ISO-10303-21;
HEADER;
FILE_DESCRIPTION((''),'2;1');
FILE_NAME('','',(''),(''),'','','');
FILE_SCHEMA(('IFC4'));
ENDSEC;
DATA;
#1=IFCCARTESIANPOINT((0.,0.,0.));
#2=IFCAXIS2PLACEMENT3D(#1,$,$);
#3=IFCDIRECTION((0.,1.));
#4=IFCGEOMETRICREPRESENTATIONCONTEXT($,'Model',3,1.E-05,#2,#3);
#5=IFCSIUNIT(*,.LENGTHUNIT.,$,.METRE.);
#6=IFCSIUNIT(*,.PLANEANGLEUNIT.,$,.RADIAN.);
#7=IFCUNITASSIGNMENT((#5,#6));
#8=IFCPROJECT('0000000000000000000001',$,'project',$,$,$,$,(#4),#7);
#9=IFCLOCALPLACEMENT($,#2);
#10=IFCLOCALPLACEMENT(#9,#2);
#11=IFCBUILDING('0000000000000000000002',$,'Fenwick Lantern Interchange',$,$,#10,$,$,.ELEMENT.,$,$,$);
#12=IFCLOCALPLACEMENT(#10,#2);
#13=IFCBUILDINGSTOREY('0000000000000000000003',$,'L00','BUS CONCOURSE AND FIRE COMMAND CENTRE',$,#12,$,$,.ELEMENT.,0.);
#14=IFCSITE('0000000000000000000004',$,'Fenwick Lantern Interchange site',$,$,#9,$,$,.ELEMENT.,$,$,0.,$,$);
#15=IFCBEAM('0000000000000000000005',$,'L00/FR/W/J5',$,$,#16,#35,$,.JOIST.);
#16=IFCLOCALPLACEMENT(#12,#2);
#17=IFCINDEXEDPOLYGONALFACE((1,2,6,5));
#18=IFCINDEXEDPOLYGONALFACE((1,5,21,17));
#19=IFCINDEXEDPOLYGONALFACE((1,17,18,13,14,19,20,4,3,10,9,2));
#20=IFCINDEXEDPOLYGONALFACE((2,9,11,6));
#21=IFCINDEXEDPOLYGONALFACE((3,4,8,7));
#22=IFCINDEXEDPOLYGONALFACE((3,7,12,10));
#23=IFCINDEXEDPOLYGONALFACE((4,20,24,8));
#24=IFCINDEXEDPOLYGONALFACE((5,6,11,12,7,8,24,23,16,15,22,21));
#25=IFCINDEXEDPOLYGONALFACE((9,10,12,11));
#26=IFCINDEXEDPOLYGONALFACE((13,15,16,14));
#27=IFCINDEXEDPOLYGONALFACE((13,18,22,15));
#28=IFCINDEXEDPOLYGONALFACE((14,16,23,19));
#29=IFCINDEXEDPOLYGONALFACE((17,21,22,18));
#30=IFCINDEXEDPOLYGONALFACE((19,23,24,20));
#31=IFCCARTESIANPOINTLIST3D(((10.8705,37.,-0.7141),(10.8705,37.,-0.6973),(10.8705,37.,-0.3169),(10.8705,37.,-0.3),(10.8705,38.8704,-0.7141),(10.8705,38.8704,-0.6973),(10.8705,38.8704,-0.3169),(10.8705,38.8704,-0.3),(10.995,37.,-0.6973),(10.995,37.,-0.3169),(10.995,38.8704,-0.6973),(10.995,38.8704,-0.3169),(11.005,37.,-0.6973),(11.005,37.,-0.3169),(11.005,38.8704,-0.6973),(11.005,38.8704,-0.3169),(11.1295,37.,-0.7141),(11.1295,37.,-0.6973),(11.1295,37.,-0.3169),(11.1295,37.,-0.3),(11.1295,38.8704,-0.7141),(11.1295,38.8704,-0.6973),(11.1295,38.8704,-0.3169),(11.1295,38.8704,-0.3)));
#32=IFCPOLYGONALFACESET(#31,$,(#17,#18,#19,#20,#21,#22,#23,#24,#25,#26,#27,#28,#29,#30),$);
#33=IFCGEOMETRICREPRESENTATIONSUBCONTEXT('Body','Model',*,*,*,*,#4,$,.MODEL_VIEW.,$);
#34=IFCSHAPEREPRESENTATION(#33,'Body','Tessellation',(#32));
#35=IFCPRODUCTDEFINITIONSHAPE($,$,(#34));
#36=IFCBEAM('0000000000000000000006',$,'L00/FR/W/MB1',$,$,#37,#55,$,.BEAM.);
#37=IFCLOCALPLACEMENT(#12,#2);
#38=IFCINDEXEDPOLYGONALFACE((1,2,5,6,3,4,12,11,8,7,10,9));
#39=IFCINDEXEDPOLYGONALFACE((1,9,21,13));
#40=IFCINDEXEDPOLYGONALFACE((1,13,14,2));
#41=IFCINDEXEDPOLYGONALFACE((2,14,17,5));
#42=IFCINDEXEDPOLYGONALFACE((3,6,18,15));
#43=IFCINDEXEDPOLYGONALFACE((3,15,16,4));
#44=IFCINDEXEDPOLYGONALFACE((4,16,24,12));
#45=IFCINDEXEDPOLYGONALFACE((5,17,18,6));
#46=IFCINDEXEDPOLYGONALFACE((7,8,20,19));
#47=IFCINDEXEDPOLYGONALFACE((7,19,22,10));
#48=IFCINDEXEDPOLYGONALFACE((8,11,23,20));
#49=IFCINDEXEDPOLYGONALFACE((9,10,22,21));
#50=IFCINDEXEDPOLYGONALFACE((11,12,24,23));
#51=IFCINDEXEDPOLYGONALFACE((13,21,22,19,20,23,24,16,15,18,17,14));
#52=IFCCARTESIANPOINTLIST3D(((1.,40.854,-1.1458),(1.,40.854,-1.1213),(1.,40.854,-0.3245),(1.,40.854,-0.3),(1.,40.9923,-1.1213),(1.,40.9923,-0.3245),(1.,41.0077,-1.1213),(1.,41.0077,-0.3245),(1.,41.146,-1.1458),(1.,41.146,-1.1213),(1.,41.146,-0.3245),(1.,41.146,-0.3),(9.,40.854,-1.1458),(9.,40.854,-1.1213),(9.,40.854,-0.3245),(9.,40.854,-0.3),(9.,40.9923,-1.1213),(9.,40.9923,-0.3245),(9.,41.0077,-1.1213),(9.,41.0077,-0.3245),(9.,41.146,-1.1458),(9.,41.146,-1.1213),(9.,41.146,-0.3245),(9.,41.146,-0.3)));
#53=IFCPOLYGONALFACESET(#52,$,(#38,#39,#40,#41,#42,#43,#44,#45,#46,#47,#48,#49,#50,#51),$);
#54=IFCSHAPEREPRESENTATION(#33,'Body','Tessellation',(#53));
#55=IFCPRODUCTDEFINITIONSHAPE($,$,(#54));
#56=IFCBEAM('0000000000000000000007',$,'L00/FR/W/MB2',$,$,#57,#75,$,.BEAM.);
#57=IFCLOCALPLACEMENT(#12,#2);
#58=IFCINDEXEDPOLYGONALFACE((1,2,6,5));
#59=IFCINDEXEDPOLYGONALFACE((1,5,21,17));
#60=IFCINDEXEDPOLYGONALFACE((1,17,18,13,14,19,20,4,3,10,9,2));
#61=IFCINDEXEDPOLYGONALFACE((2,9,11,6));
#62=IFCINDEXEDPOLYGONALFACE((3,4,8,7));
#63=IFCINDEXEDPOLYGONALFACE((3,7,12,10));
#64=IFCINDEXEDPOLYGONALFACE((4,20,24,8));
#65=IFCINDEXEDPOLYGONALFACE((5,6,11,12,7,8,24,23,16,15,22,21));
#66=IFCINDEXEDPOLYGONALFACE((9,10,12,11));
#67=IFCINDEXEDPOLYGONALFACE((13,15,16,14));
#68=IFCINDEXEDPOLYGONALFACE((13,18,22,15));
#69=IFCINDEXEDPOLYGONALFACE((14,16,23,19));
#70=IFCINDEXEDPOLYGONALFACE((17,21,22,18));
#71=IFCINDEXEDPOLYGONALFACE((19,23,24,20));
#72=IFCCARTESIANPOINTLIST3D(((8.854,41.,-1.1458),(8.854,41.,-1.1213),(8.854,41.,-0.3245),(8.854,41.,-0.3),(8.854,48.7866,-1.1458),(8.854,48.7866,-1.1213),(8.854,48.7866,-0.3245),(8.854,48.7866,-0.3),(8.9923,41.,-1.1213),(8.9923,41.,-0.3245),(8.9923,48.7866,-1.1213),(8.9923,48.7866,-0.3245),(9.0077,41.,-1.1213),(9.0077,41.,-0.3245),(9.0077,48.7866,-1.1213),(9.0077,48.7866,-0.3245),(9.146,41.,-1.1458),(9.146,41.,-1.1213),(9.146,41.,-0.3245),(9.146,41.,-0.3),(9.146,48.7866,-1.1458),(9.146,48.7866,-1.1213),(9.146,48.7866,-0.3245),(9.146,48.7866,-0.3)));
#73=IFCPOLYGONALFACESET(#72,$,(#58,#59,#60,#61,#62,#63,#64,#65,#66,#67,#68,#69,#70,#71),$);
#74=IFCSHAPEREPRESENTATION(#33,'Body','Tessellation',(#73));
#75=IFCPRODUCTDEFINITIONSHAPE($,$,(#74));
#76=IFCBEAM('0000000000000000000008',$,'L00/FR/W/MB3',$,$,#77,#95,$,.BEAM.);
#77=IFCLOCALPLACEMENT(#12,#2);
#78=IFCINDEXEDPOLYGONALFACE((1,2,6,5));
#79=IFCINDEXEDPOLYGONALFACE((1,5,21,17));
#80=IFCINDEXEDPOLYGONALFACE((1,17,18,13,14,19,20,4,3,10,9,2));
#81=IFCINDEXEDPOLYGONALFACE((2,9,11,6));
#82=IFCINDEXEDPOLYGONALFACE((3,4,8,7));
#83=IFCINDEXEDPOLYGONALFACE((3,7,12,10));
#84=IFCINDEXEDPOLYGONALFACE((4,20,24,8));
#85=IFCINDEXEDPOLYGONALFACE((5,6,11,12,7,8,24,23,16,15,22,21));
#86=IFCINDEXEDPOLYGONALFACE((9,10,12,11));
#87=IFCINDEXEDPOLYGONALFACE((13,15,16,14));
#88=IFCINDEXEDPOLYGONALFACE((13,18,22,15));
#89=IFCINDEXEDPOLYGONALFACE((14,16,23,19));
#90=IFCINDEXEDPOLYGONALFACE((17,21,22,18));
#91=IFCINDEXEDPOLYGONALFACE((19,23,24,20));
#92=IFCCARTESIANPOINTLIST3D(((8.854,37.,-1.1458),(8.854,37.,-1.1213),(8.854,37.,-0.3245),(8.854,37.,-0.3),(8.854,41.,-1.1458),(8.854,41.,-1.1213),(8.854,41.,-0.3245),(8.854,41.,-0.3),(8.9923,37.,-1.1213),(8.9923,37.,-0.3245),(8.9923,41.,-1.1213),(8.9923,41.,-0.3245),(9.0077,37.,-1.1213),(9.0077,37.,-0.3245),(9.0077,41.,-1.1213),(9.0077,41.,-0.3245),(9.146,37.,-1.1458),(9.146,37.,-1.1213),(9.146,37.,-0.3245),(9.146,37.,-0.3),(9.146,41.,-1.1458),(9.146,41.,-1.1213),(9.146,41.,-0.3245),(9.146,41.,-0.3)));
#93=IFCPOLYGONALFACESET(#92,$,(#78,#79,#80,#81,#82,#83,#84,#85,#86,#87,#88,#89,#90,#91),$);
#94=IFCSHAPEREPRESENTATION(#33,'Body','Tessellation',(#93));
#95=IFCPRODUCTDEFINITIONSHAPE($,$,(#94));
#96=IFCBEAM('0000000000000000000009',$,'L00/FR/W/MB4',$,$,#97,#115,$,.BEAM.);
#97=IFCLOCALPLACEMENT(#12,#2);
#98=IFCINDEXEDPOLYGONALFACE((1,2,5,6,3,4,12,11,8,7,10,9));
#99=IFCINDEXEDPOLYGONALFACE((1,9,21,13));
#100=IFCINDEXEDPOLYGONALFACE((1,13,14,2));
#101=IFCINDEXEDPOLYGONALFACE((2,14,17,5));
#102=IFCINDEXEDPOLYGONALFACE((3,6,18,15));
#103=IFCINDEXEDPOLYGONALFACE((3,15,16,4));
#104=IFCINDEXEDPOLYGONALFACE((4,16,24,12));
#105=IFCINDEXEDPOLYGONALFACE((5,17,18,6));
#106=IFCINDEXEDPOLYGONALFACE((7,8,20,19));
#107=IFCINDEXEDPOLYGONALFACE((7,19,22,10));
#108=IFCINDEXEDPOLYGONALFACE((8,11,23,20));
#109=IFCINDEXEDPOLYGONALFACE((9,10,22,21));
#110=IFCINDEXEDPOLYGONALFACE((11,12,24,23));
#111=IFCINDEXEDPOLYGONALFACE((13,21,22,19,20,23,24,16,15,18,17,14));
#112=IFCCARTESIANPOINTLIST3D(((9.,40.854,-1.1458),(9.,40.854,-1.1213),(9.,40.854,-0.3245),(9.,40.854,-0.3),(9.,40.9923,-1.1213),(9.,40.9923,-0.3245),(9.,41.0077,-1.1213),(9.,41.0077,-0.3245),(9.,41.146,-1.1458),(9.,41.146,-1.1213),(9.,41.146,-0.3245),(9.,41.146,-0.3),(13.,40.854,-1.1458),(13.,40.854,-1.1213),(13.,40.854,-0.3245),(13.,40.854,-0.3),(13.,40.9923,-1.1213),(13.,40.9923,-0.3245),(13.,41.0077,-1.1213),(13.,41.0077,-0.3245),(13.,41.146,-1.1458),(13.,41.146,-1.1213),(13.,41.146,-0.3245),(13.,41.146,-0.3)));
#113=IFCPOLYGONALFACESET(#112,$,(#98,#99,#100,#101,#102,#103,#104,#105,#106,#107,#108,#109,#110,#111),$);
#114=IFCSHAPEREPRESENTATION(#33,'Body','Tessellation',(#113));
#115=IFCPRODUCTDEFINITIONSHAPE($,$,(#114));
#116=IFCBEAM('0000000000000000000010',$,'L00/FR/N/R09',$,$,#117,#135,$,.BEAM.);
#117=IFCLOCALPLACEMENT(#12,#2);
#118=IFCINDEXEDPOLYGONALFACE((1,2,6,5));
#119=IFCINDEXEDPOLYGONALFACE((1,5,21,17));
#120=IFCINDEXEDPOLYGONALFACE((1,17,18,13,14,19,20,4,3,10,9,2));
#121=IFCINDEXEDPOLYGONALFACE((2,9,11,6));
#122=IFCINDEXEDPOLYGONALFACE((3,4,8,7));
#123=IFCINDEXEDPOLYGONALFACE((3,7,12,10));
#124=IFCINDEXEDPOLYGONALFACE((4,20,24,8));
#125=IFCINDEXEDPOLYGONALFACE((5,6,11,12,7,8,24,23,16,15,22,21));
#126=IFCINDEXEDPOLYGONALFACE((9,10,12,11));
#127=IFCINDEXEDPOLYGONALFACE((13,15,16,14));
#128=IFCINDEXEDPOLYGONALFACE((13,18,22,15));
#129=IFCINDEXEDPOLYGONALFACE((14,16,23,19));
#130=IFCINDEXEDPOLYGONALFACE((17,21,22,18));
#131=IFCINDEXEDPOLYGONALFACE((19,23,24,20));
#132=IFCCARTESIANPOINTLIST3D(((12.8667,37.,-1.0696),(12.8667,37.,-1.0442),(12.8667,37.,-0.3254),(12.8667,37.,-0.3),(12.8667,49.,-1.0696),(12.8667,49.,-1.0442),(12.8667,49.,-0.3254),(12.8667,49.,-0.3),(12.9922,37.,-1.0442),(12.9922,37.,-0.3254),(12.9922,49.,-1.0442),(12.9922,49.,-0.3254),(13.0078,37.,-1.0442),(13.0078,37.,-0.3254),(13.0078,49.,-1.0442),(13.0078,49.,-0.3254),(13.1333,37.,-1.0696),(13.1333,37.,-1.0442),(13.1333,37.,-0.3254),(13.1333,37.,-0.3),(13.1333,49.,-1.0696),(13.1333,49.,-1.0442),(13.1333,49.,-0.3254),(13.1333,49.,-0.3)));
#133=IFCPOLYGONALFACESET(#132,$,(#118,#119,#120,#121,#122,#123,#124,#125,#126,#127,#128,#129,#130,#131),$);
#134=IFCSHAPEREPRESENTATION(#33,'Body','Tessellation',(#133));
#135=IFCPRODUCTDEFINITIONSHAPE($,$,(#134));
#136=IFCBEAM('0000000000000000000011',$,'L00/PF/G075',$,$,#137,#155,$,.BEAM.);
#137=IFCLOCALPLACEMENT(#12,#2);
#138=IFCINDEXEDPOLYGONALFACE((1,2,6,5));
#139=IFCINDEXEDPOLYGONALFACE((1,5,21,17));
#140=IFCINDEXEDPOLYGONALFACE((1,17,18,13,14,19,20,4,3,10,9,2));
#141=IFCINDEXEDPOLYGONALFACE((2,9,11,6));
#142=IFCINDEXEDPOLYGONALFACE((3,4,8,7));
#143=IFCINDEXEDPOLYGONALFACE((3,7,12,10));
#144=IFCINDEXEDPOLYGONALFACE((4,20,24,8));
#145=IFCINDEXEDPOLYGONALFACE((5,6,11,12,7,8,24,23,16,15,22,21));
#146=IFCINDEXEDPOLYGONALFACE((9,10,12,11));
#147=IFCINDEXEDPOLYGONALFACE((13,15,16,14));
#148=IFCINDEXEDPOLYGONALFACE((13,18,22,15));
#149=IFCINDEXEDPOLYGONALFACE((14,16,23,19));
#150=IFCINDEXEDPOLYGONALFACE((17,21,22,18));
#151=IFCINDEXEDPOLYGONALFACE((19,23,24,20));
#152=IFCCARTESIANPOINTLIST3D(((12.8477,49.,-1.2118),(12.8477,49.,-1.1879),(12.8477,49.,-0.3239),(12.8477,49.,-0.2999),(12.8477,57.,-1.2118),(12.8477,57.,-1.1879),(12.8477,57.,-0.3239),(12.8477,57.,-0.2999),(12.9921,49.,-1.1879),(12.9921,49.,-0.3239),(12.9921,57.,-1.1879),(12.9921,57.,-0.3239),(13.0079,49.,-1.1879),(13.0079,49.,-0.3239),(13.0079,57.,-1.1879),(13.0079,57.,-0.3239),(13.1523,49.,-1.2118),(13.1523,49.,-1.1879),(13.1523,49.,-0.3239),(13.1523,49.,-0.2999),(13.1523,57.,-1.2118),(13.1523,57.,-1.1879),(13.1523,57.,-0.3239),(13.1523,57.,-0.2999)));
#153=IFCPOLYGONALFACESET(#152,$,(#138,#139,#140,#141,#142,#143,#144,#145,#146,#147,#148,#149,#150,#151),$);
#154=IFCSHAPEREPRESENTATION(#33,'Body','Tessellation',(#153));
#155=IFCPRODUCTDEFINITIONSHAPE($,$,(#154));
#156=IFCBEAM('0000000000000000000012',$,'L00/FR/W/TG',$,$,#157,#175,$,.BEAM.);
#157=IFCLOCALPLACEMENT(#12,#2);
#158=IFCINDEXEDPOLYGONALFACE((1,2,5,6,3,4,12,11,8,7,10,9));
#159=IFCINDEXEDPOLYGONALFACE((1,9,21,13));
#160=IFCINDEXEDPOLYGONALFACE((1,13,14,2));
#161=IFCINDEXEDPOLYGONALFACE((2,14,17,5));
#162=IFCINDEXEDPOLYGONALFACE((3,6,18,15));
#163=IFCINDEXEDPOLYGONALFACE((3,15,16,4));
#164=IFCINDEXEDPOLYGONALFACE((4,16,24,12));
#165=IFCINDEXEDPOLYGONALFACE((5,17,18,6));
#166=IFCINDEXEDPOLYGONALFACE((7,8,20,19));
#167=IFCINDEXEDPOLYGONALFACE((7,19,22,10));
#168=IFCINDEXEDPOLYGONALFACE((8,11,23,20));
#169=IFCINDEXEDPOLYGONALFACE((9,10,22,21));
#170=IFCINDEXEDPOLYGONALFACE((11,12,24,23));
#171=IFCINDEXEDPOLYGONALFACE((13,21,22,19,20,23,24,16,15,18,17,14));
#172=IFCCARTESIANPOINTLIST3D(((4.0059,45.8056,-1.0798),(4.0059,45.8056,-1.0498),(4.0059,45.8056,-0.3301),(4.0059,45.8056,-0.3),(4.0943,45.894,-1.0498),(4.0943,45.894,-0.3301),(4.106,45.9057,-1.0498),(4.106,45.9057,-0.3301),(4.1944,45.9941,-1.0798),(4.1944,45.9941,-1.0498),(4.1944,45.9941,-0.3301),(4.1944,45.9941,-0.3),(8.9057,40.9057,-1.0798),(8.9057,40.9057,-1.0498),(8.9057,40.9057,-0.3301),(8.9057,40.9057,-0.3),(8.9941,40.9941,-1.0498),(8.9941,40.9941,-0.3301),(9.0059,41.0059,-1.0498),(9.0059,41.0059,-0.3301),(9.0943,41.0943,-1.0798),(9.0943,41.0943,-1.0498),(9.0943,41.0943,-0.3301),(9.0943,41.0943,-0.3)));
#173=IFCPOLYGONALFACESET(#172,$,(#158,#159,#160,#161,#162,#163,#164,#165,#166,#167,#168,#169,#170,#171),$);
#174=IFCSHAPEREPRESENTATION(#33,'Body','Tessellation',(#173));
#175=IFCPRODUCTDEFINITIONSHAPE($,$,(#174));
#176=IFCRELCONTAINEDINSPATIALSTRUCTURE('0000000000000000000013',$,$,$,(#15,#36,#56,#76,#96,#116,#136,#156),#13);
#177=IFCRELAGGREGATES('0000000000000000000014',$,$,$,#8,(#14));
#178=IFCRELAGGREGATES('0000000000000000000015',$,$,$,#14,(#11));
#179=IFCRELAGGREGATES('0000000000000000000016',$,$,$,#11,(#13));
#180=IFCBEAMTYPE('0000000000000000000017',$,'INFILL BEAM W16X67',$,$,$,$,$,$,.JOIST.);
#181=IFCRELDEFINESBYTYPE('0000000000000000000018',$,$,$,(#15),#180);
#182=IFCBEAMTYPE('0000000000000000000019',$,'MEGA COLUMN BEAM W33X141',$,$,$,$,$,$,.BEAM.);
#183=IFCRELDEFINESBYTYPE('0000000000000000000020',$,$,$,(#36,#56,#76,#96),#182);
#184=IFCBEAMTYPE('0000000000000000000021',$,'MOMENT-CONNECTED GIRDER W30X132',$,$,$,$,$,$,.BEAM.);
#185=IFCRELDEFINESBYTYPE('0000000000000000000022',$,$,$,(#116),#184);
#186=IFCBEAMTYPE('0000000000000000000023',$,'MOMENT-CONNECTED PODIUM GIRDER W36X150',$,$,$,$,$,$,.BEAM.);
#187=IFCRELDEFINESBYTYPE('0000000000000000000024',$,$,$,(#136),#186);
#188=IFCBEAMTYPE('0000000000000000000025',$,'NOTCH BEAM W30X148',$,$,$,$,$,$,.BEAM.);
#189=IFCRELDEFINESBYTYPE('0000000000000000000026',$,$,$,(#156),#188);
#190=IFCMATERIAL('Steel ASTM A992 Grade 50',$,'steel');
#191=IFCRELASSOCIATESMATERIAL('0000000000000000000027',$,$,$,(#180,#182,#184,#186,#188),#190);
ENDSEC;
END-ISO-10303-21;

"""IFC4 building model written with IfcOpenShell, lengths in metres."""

from ifc_helpers import new_model, si_unit, direction, frame, origin, origin_2d, place, context, subcontext, project, spatial, i_section, extrude, material, material_profile, profile_set, type_object, element, save


model = new_model("IFC4")

# Units and contexts
model_context = context("Model", 3, precision=1e-05, world=origin(), true_north=direction((0.0, 1.0)))
body_context = subcontext(model_context, "Body", "Model", "MODEL_VIEW")
ifc_project = project(units=[si_unit("LENGTHUNIT", "METRE"), si_unit("PLANEANGLEUNIT", "RADIAN")], contexts=[model_context])

# Site, building, storey
site_placement = place(None, origin())
site = spatial("IfcSite", under=ifc_project, at=site_placement, Name="Fenwick Lantern Interchange site", CompositionType="ELEMENT", RefElevation=0.0)
building_placement = place(site_placement, origin())
building = spatial("IfcBuilding", under=site, at=building_placement, Name="Fenwick Lantern Interchange", CompositionType="ELEMENT")
storey_placement = place(building_placement, origin())
storey = spatial("IfcBuildingStorey", under=building, at=storey_placement, Name="L00", Description="BUS CONCOURSE AND FIRE COMMAND CENTRE", CompositionType="ELEMENT", Elevation=0.0)

# Beams
ifc_material_1 = material(Name="Steel ASTM A992 Grade 50", Category="steel")
ifc_material_profile_1 = material_profile(ifc_material_1, i_section(OverallWidth=0.259, OverallDepth=0.4141, WebThickness=0.01, FlangeThickness=0.0168, at=origin_2d()), Name="W16X67")
ifc_profile_set_1 = profile_set([ifc_material_profile_1], Name="Steel ASTM A992 Grade 50")
beam_type_1 = type_object("IfcBeamType", Name="INFILL BEAM W16X67", PredefinedType="JOIST", material=ifc_profile_set_1)
beam_1_placement = place(storey_placement, frame((11.0, 38.8704, -0.5071), z_axis=(0.0, -1.0, 0.0), x_axis=(1.0, 0.0, 0.0)))
element("IfcBeam", 1, at=beam_1_placement, inside=storey, type_object=beam_type_1, Name="L00/FR/W/J5", PredefinedType="JOIST", context=body_context, shape_type="SweptSolid", body=[
    extrude(i_section(OverallWidth=0.259, OverallDepth=0.4141, WebThickness=0.01, FlangeThickness=0.0168, at=origin_2d()), origin(), (0.0, 0.0, 1.0), 1.8704),
])
ifc_material_profile_2 = material_profile(ifc_material_1, i_section(OverallWidth=0.292, OverallDepth=0.8457, WebThickness=0.0154, FlangeThickness=0.0244, at=origin_2d()), Name="W33X141")
ifc_profile_set_2 = profile_set([ifc_material_profile_2], Name="Steel ASTM A992 Grade 50")
beam_type_2 = type_object("IfcBeamType", Name="MEGA COLUMN BEAM W33X141", PredefinedType="BEAM", material=ifc_profile_set_2)
beam_2_placement = place(storey_placement, frame((9.0, 41.0, -0.7229), z_axis=(-1.0, 0.0, 0.0), x_axis=(0.0, -1.0, 0.0)))
element("IfcBeam", 2, at=beam_2_placement, inside=storey, type_object=beam_type_2, Name="L00/FR/W/MB1", PredefinedType="BEAM", context=body_context, shape_type="SweptSolid", body=[
    extrude(i_section(OverallWidth=0.292, OverallDepth=0.8457, WebThickness=0.0154, FlangeThickness=0.0244, at=origin_2d()), origin(), (0.0, 0.0, 1.0), 8.0),
])
beam_3_placement = place(storey_placement, frame((9.0, 41.0, -0.7229), z_axis=(0.0, 1.0, 0.0), x_axis=(-1.0, 0.0, 0.0)))
element("IfcBeam", 3, at=beam_3_placement, inside=storey, type_object=beam_type_2, Name="L00/FR/W/MB2", PredefinedType="BEAM", context=body_context, shape_type="SweptSolid", body=[
    extrude(i_section(OverallWidth=0.292, OverallDepth=0.8457, WebThickness=0.0154, FlangeThickness=0.0244, at=origin_2d()), origin(), (0.0, 0.0, 1.0), 7.7866),
])
for number, where, z_axis, x_axis, name in (
    (4, (9.0, 41.0, -0.7229), (0.0, -1.0, 0.0), (1.0, 0.0, 0.0), "L00/FR/W/MB3"),
    (5, (9.0, 41.0, -0.7229), (1.0, 0.0, 0.0), (0.0, 1.0, 0.0), "L00/FR/W/MB4"),
):
    element("IfcBeam", number, at=place(storey_placement, frame(where, z_axis=z_axis, x_axis=x_axis)), inside=storey, type_object=beam_type_2, Name=name, PredefinedType="BEAM", context=body_context, shape_type="SweptSolid", body=[
        extrude(i_section(OverallWidth=0.292, OverallDepth=0.8457, WebThickness=0.0154, FlangeThickness=0.0244, at=origin_2d()), origin(), (0.0, 0.0, 1.0), 4.0),
    ])
ifc_material_profile_3 = material_profile(ifc_material_1, i_section(OverallWidth=0.2666, OverallDepth=0.7695, WebThickness=0.0156, FlangeThickness=0.0254, at=origin_2d()), Name="W30X132")
ifc_profile_set_3 = profile_set([ifc_material_profile_3], Name="Steel ASTM A992 Grade 50")
beam_type_3 = type_object("IfcBeamType", Name="MOMENT-CONNECTED GIRDER W30X132", PredefinedType="BEAM", material=ifc_profile_set_3)
beam_4_placement = place(storey_placement, frame((13.0, 49.0, -0.6848), z_axis=(0.0, -1.0, 0.0), x_axis=(1.0, 0.0, 0.0)))
element("IfcBeam", 6, at=beam_4_placement, inside=storey, type_object=beam_type_3, Name="L00/FR/N/R09", PredefinedType="BEAM", context=body_context, shape_type="SweptSolid", body=[
    extrude(i_section(OverallWidth=0.2666, OverallDepth=0.7695, WebThickness=0.0156, FlangeThickness=0.0254, at=origin_2d()), origin(), (0.0, 0.0, 1.0), 12.0),
])
ifc_material_profile_4 = material_profile(ifc_material_1, i_section(OverallWidth=0.3047, OverallDepth=0.9119, WebThickness=0.0159, FlangeThickness=0.0239, at=origin_2d()), Name="W36X150")
ifc_profile_set_4 = profile_set([ifc_material_profile_4], Name="Steel ASTM A992 Grade 50")
beam_type_4 = type_object("IfcBeamType", Name="MOMENT-CONNECTED PODIUM GIRDER W36X150", PredefinedType="BEAM", material=ifc_profile_set_4)
beam_5_placement = place(storey_placement, frame((13.0, 49.0, -0.7559), z_axis=(0.0, 1.0, 0.0), x_axis=(-1.0, 0.0, 0.0)))
element("IfcBeam", 7, at=beam_5_placement, inside=storey, type_object=beam_type_4, Name="L00/PF/G075", PredefinedType="BEAM", context=body_context, shape_type="SweptSolid", body=[
    extrude(i_section(OverallWidth=0.3047, OverallDepth=0.9119, WebThickness=0.0159, FlangeThickness=0.0239, at=origin_2d()), origin(), (0.0, 0.0, 1.0), 8.0),
])
ifc_material_profile_5 = material_profile(ifc_material_1, i_section(OverallWidth=0.2666, OverallDepth=0.7798, WebThickness=0.0166, FlangeThickness=0.03, at=origin_2d()), Name="W30X148")
ifc_profile_set_5 = profile_set([ifc_material_profile_5], Name="Steel ASTM A992 Grade 50")
beam_type_5 = type_object("IfcBeamType", Name="NOTCH BEAM W30X148", PredefinedType="BEAM", material=ifc_profile_set_5)
beam_6_placement = place(storey_placement, frame((9.0, 41.0, -0.6899), z_axis=(-0.707107, 0.707107, 0.0), x_axis=(-0.707107, -0.707107, 0.0)))
element("IfcBeam", 8, at=beam_6_placement, inside=storey, type_object=beam_type_5, Name="L00/FR/W/TG", PredefinedType="BEAM", context=body_context, shape_type="SweptSolid", body=[
    extrude(i_section(OverallWidth=0.2666, OverallDepth=0.7798, WebThickness=0.0166, FlangeThickness=0.03, at=origin_2d()), origin(), (0.0, 0.0, 1.0), 6.9294),
])

save(model, "model.ifc")
